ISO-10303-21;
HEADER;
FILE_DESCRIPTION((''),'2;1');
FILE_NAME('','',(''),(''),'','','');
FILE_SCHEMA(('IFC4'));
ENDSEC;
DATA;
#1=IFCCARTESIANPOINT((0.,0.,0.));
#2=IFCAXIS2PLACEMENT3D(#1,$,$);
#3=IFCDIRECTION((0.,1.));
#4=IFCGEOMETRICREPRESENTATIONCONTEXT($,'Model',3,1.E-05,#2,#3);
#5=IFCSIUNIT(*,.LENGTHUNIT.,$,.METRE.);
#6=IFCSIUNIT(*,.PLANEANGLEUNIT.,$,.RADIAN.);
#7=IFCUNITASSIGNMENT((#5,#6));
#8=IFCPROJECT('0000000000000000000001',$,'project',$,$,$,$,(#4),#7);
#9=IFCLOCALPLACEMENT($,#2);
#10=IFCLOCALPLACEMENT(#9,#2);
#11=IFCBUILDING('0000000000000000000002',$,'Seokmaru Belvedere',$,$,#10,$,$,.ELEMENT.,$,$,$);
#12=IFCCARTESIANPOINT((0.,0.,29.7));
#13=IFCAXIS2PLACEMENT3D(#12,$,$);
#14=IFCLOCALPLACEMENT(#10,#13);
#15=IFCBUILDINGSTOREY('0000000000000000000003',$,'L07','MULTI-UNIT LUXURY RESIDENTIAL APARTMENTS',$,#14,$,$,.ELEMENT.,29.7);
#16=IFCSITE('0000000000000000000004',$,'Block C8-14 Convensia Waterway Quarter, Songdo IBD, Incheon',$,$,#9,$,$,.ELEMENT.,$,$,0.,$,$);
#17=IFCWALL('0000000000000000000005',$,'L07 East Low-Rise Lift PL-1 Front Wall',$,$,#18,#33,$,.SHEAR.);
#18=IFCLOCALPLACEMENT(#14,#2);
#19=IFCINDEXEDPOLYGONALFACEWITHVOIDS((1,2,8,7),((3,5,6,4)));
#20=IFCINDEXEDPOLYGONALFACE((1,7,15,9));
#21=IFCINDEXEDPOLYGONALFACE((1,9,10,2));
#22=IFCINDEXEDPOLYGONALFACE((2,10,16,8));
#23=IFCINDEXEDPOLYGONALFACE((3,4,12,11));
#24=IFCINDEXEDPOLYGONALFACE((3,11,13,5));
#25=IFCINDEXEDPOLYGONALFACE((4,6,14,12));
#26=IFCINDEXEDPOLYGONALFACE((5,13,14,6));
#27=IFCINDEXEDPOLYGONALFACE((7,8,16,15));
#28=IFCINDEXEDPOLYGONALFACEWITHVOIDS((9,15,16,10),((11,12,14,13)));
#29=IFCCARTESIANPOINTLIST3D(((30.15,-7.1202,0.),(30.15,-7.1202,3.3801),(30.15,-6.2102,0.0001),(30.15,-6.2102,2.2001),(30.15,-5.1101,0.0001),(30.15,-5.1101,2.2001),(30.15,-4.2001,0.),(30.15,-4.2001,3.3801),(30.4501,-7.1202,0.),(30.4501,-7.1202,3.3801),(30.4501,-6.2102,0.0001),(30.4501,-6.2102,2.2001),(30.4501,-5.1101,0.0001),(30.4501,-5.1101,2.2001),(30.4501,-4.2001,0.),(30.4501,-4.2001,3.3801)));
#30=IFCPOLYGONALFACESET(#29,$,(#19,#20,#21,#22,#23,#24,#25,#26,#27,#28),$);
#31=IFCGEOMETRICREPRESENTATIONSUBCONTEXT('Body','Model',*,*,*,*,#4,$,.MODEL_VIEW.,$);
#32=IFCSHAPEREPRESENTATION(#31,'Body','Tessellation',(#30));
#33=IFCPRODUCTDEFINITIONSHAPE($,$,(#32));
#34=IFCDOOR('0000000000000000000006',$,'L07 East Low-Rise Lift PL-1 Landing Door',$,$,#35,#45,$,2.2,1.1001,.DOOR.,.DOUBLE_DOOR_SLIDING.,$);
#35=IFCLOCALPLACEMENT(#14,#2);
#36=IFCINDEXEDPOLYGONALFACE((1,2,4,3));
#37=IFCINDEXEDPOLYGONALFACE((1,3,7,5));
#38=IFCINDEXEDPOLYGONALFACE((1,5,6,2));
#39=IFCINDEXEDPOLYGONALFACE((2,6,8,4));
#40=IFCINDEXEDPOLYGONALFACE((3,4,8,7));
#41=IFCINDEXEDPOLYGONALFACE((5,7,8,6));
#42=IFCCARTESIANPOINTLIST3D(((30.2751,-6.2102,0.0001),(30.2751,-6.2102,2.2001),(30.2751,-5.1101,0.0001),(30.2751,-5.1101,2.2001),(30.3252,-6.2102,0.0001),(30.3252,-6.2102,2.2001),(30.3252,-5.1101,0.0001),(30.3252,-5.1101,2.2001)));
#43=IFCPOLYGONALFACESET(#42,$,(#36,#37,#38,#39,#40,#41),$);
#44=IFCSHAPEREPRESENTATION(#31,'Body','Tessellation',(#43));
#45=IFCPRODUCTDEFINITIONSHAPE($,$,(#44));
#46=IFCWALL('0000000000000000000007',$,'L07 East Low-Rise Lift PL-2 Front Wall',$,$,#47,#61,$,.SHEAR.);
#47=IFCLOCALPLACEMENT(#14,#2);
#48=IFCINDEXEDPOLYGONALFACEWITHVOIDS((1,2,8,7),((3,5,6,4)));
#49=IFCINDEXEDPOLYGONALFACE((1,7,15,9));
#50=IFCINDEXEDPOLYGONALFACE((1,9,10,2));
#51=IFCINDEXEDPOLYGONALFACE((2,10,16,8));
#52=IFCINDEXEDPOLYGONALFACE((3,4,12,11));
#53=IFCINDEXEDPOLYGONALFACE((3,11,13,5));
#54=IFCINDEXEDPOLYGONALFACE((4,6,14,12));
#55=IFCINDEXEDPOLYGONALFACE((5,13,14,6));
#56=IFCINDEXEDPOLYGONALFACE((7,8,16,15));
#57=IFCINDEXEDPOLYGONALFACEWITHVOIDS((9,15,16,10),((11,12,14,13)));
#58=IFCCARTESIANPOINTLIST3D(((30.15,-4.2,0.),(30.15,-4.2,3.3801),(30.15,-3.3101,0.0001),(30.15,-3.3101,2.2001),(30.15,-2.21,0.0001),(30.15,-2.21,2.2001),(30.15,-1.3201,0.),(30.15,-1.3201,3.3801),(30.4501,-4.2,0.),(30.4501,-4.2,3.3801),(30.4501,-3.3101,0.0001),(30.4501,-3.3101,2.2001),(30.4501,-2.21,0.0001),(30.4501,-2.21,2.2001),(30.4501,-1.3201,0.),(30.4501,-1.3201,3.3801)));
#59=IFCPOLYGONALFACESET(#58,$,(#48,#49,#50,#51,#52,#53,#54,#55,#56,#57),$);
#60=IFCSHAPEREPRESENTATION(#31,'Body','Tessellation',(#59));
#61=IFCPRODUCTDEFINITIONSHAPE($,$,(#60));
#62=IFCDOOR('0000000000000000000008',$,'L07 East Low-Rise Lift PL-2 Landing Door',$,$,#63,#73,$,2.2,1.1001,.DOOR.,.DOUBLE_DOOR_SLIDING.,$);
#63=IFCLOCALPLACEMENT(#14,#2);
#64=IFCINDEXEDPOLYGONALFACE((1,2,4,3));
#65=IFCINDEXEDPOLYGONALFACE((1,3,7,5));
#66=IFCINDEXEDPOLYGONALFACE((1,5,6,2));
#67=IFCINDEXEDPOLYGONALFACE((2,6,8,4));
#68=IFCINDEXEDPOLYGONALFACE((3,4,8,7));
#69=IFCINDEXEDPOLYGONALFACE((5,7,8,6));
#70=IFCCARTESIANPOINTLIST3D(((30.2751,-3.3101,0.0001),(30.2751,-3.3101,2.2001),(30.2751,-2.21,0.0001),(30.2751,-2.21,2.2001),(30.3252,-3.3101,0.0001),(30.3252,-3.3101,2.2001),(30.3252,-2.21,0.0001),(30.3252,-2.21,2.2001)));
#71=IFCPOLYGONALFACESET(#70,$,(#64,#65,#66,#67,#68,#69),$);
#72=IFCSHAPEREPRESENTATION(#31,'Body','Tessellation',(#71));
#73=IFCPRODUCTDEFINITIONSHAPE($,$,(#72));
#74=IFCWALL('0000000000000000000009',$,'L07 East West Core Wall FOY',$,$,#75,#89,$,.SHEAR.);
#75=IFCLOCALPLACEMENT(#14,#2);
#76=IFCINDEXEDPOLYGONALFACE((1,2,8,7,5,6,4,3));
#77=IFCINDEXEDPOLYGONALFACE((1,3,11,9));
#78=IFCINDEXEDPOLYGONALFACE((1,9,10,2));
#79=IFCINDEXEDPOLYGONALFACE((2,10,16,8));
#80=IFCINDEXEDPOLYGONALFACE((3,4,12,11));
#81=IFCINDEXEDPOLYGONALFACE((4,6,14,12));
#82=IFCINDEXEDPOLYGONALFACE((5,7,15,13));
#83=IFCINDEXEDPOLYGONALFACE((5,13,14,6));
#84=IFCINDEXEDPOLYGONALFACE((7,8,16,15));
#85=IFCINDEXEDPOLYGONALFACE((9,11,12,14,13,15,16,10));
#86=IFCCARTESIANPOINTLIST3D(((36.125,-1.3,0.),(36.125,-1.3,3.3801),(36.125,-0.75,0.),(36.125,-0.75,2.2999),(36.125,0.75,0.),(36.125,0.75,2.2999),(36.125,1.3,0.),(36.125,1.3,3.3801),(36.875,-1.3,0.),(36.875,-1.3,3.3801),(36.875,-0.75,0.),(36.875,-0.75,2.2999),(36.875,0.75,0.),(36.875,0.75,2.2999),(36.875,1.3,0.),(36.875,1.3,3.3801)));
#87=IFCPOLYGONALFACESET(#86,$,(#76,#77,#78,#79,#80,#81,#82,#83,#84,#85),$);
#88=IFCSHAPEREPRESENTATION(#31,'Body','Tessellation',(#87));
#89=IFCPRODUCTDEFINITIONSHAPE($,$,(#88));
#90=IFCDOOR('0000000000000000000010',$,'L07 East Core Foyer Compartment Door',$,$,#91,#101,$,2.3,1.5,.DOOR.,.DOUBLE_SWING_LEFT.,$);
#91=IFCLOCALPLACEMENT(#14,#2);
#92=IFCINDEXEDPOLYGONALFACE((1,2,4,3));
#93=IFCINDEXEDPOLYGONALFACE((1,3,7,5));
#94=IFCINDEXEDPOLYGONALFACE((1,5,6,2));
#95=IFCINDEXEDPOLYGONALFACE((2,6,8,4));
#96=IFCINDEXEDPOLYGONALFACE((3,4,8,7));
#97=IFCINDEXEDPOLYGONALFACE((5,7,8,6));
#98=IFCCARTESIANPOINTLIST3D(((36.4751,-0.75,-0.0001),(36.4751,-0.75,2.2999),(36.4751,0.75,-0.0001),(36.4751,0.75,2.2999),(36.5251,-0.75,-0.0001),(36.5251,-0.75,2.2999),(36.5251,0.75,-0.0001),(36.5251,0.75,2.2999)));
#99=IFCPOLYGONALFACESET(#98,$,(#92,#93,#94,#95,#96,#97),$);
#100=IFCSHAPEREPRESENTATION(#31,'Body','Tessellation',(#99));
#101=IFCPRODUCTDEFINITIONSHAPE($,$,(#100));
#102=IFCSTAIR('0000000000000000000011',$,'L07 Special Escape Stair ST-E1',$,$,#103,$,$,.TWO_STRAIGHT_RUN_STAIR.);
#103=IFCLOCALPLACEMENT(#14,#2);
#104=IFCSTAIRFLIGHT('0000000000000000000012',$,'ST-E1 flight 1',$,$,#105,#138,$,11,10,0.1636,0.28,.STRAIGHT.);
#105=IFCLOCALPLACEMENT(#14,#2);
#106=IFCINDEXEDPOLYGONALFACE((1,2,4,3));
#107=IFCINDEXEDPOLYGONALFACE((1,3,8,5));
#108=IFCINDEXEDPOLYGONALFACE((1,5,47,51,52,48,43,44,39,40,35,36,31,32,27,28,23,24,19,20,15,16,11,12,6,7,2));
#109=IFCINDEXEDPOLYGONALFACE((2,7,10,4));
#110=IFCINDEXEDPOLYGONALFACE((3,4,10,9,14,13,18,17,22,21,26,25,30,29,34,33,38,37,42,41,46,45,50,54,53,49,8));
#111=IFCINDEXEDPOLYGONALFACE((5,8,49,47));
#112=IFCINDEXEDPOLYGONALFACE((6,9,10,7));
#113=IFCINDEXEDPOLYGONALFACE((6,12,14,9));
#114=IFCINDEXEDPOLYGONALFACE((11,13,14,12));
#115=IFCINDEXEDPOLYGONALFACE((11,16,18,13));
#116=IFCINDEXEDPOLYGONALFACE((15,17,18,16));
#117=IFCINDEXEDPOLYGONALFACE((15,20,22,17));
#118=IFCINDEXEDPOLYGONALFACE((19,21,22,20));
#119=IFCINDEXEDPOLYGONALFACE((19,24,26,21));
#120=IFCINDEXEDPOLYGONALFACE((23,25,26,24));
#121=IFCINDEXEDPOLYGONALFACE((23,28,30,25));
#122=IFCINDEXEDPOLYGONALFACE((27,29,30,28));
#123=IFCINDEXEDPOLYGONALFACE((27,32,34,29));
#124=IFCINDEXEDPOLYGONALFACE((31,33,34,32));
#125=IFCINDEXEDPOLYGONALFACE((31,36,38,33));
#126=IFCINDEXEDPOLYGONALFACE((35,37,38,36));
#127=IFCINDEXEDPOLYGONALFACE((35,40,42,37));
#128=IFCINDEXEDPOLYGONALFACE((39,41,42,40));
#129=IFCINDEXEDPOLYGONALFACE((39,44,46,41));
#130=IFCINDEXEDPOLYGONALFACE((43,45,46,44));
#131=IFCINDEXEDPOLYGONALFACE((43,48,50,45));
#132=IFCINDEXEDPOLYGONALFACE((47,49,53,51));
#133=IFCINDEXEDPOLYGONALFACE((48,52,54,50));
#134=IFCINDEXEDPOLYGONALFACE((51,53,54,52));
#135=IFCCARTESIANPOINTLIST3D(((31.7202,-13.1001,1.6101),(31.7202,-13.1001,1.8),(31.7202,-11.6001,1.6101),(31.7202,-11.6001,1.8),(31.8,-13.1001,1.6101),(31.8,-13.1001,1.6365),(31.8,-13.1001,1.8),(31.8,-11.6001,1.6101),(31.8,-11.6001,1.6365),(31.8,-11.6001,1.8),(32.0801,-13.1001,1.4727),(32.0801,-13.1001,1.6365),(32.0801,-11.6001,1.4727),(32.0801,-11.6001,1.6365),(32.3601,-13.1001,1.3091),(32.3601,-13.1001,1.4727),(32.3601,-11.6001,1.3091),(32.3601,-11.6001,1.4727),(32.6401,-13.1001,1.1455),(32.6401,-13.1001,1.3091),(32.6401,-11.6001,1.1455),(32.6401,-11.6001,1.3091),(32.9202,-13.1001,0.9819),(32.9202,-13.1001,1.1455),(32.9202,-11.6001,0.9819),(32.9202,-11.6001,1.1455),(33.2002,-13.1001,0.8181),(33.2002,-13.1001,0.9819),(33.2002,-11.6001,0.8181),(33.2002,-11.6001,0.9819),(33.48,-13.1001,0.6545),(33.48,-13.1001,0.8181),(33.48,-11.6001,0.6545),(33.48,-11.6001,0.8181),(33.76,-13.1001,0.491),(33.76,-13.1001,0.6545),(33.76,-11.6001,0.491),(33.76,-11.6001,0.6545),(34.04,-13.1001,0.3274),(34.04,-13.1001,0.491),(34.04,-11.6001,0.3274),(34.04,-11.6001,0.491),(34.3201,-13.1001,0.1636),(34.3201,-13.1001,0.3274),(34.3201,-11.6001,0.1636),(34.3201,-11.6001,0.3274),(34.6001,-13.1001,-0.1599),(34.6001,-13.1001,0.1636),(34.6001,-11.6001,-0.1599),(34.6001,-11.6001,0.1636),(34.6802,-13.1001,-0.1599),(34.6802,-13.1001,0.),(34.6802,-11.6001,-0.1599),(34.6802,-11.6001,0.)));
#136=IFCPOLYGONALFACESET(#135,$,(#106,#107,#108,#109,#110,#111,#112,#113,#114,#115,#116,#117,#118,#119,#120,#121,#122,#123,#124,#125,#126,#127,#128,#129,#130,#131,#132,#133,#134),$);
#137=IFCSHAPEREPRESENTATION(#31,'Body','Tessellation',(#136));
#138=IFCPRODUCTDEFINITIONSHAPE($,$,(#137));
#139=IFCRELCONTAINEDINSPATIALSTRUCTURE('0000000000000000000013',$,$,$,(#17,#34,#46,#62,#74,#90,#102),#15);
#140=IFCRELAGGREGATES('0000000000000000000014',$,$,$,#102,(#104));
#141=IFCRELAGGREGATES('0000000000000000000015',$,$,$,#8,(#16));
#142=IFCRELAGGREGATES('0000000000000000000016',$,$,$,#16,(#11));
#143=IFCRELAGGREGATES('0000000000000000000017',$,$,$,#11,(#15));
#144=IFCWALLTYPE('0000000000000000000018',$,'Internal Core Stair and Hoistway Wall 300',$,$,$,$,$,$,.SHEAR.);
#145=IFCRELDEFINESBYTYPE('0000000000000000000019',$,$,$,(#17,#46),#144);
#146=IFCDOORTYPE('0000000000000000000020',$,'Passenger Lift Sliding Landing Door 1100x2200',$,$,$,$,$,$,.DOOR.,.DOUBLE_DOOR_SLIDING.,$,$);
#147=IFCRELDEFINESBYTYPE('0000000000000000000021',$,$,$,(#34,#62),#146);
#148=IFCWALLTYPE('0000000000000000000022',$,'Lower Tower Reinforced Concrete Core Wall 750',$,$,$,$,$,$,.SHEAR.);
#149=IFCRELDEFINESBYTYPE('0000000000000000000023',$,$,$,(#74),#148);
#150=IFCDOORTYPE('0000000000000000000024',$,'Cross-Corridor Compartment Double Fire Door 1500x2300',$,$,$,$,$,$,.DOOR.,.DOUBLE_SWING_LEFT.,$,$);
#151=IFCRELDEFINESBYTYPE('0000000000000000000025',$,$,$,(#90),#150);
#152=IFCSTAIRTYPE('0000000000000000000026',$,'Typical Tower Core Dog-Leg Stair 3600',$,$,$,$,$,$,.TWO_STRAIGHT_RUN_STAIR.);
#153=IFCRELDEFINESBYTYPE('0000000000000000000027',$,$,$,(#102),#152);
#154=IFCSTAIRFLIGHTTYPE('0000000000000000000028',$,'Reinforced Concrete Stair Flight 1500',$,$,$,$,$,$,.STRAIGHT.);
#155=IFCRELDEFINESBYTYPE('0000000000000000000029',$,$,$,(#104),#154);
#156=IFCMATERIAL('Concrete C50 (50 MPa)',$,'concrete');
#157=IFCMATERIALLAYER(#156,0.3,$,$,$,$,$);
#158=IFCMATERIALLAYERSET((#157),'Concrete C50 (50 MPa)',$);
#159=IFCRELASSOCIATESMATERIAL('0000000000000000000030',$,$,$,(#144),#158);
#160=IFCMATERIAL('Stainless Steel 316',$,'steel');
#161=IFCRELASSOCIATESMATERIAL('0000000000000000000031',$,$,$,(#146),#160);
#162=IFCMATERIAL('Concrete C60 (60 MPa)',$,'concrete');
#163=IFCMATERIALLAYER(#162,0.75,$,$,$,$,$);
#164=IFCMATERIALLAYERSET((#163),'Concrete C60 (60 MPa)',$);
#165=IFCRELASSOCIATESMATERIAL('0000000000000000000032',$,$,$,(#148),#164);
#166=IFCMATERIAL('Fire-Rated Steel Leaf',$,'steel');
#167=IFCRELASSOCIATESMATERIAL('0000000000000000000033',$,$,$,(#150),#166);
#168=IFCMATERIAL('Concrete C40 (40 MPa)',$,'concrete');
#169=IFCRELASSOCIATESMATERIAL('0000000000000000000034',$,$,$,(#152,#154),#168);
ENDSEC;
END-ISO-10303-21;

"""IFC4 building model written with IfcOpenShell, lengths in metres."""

from ifc_helpers import new_model, si_unit, direction, frame, frame_2d, origin, place, context, subcontext, project, spatial, polyline, rectangle, outline, extrude, source, transform, mapped, material, layer, layer_set, type_object, type_shapes, element, fill, aggregate, save


model = new_model("IFC4")

# Units and contexts
model_context = context("Model", 3, precision=1e-05, world=origin(), true_north=direction((0.0, 1.0)))
body_context = subcontext(model_context, "Body", "Model", "MODEL_VIEW")
ifc_project = project(units=[si_unit("LENGTHUNIT", "METRE"), si_unit("PLANEANGLEUNIT", "RADIAN")], contexts=[model_context])

# Site, building, storey
site_placement = place(None, origin())
site = spatial("IfcSite", under=ifc_project, at=site_placement, Name="Block C8-14 Convensia Waterway Quarter, Songdo IBD, Incheon", CompositionType="ELEMENT", RefElevation=0.0)
building_placement = place(site_placement, origin())
building = spatial("IfcBuilding", under=site, at=building_placement, Name="Seokmaru Belvedere", CompositionType="ELEMENT")
storey_placement = place(building_placement, frame((0.0, 0.0, 29.7)))
storey = spatial("IfcBuildingStorey", under=building, at=storey_placement, Name="L07", Description="MULTI-UNIT LUXURY RESIDENTIAL APARTMENTS", CompositionType="ELEMENT", Elevation=29.7)

# Shared definitions
ifc_material_1 = material(Name="Fire-Rated Steel Leaf", Category="steel")

# Walls, openings, doors
ifc_material_2 = material(Name="Concrete C50 (50 MPa)", Category="concrete")
ifc_layer_1 = layer(ifc_material_2, 0.3)
ifc_layer_set_1 = layer_set([ifc_layer_1], Name="Concrete C50 (50 MPa)")
wall_type_1 = type_object("IfcWallType", Name="Internal Core Stair and Hoistway Wall 300", PredefinedType="SHEAR", material=ifc_layer_set_1)
ifc_material_3 = material(Name="Stainless Steel 316", Category="steel")
wall_1_placement = place(storey_placement, frame((30.3, -7.1201, 0.0), z_axis=(0.0, 0.0, 1.0), x_axis=(0.0, 1.0, 0.0)))
wall_1 = element("IfcWall", 1, at=wall_1_placement, inside=storey, type_object=wall_type_1, Name="L07 East Low-Rise Lift PL-1 Front Wall", PredefinedType="SHEAR", context=body_context, shape_type="SweptSolid", body=[
    extrude(rectangle(XDim=2.9202, YDim=0.3, at=frame_2d((1.46, 0.0))), origin(), (0.0, 0.0, 1.0), 3.3801),
])
opening_1_placement = place(wall_1_placement, frame((0.9099, 0.0, 0.0)))
opening_1 = element("IfcOpeningElement", 2, at=opening_1_placement, cuts=wall_1, PredefinedType="OPENING", context=body_context, shape_type="SweptSolid", body=[
    extrude(rectangle(XDim=1.1001, YDim=2.2, at=frame_2d((0.55, 1.1001))), frame((0.0, 0.1602, 0.0), z_axis=(0.0, -1.0, 0.0), x_axis=(1.0, 0.0, 0.0)), (0.0, 0.0, 1.0), 0.3201),
])
door_type_1 = type_object("IfcDoorType", Name="Passenger Lift Sliding Landing Door 1100x2200", OperationType="DOUBLE_DOOR_SLIDING", PredefinedType="DOOR", material=ifc_material_3)
shared_shape_1 = source(origin(), body_context, "Body", "SweptSolid", [
    extrude(rectangle(XDim=1.1001, YDim=2.2, at=frame_2d((0.55, 1.1001))), frame((0.0, 0.0249, 0.0), z_axis=(0.0, -1.0, 0.0), x_axis=(1.0, 0.0, 0.0)), (0.0, 0.0, 1.0), 0.05),
])
type_shapes(door_type_1, [shared_shape_1])
door_1_placement = place(opening_1_placement, origin())
door_1 = element("IfcDoor", 3, at=door_1_placement, inside=storey, type_object=door_type_1, Name="L07 East Low-Rise Lift PL-1 Landing Door", OperationType="DOUBLE_DOOR_SLIDING", OverallHeight=2.2, OverallWidth=1.1001, PredefinedType="DOOR", context=body_context, shape_type="MappedRepresentation", body=[
    mapped(shared_shape_1, transform((0.0, 0.0, 0.0), scale=1.0)),
])
fill(opening_1, door_1)
wall_2_placement = place(storey_placement, frame((30.3, -4.2, 0.0), z_axis=(0.0, 0.0, 1.0), x_axis=(0.0, 1.0, 0.0)))
wall_2 = element("IfcWall", 4, at=wall_2_placement, inside=storey, type_object=wall_type_1, Name="L07 East Low-Rise Lift PL-2 Front Wall", PredefinedType="SHEAR", context=body_context, shape_type="SweptSolid", body=[
    extrude(rectangle(XDim=2.8799, YDim=0.3, at=frame_2d((1.4399, 0.0))), origin(), (0.0, 0.0, 1.0), 3.3801),
])
opening_2_placement = place(wall_2_placement, frame((0.8899, 0.0, 0.0)))
opening_2 = element("IfcOpeningElement", 5, at=opening_2_placement, cuts=wall_2, PredefinedType="OPENING", context=body_context, shape_type="SweptSolid", body=[
    extrude(rectangle(XDim=1.1001, YDim=2.2, at=frame_2d((0.55, 1.1001))), frame((0.0, 0.1602, 0.0), z_axis=(0.0, -1.0, 0.0), x_axis=(1.0, 0.0, 0.0)), (0.0, 0.0, 1.0), 0.3201),
])
door_2_placement = place(opening_2_placement, origin())
door_2 = element("IfcDoor", 6, at=door_2_placement, inside=storey, type_object=door_type_1, Name="L07 East Low-Rise Lift PL-2 Landing Door", OperationType="DOUBLE_DOOR_SLIDING", OverallHeight=2.2, OverallWidth=1.1001, PredefinedType="DOOR", context=body_context, shape_type="MappedRepresentation", body=[
    mapped(shared_shape_1, transform((0.0, 0.0, 0.0), scale=1.0)),
])
fill(opening_2, door_2)
ifc_material_4 = material(Name="Concrete C60 (60 MPa)", Category="concrete")
ifc_layer_2 = layer(ifc_material_4, 0.75)
ifc_layer_set_2 = layer_set([ifc_layer_2], Name="Concrete C60 (60 MPa)")
wall_type_2 = type_object("IfcWallType", Name="Lower Tower Reinforced Concrete Core Wall 750", PredefinedType="SHEAR", material=ifc_layer_set_2)
wall_3_placement = place(storey_placement, frame((36.5, -1.3, 0.0), z_axis=(0.0, 0.0, 1.0), x_axis=(0.0, 1.0, 0.0)))
wall_3 = element("IfcWall", 7, at=wall_3_placement, inside=storey, type_object=wall_type_2, Name="L07 East West Core Wall FOY", PredefinedType="SHEAR", context=body_context, shape_type="SweptSolid", body=[
    extrude(rectangle(XDim=2.6001, YDim=0.75, at=frame_2d((1.3, 0.0))), origin(), (0.0, 0.0, 1.0), 3.3801),
])
opening_3_placement = place(wall_3_placement, frame((0.55, 0.0, 0.0)))
opening_3 = element("IfcOpeningElement", 8, at=opening_3_placement, cuts=wall_3, PredefinedType="OPENING", context=body_context, shape_type="SweptSolid", body=[
    extrude(rectangle(XDim=1.5, YDim=2.3, at=frame_2d((0.75, 1.1499))), frame((0.0, 0.385, 0.0), z_axis=(0.0, -1.0, 0.0), x_axis=(1.0, 0.0, 0.0)), (0.0, 0.0, 1.0), 0.77),
])
door_type_2 = type_object("IfcDoorType", Name="Cross-Corridor Compartment Double Fire Door 1500x2300", OperationType="DOUBLE_SWING_LEFT", PredefinedType="DOOR", material=ifc_material_1)
shared_shape_2 = source(origin(), body_context, "Body", "SweptSolid", [
    extrude(rectangle(XDim=1.5, YDim=2.3, at=frame_2d((0.75, 1.1499))), frame((0.0, 0.0249, 0.0), z_axis=(0.0, -1.0, 0.0), x_axis=(1.0, 0.0, 0.0)), (0.0, 0.0, 1.0), 0.05),
])
type_shapes(door_type_2, [shared_shape_2])
door_3_placement = place(opening_3_placement, origin())
door_3 = element("IfcDoor", 9, at=door_3_placement, inside=storey, type_object=door_type_2, Name="L07 East Core Foyer Compartment Door", OperationType="DOUBLE_SWING_LEFT", OverallHeight=2.3, OverallWidth=1.5, PredefinedType="DOOR", context=body_context, shape_type="MappedRepresentation", body=[
    mapped(shared_shape_2, transform((0.0, 0.0, 0.0), scale=1.0)),
])
fill(opening_3, door_3)

# Stair, stair flight
ifc_material_5 = material(Name="Concrete C40 (40 MPa)", Category="concrete")
stair_type = type_object("IfcStairType", Name="Typical Tower Core Dog-Leg Stair 3600", PredefinedType="TWO_STRAIGHT_RUN_STAIR", material=ifc_material_5)
stair_placement = place(storey_placement, origin())
stair = element("IfcStair", 10, at=stair_placement, inside=storey, type_object=stair_type, Name="L07 Special Escape Stair ST-E1", PredefinedType="TWO_STRAIGHT_RUN_STAIR")
stair_flight_type = type_object("IfcStairFlightType", Name="Reinforced Concrete Stair Flight 1500", PredefinedType="STRAIGHT", material=ifc_material_5)
stair_flight_1_placement = place(storey_placement, frame((34.6001, -12.3501, 0.0), z_axis=(0.0, 0.0, 1.0), x_axis=(-1.0, 0.0, 0.0)))
stair_flight_1 = element("IfcStairFlight", 11, at=stair_flight_1_placement, type_object=stair_flight_type, Name="ST-E1 flight 1", NumberOfRisers=11, NumberOfTreads=10, PredefinedType="STRAIGHT", RiserHeight=0.1636, TreadLength=0.28, context=body_context, shape_type="SweptSolid", body=[
    extrude(outline(polyline([(-0.0801, 0.0), (0.0, 0.1636), (0.28, 0.1636), (0.28, 0.3274), (0.5601, 0.3274), (0.5601, 0.491), (0.8401, 0.491), (0.8401, 0.6545), (1.1201, 0.6545), (1.1201, 0.8181), (1.3999, 0.8181), (1.3999, 0.9819), (1.6799, 0.9819), (1.6799, 1.1455), (1.96, 1.1455), (1.96, 1.3091), (2.24, 1.3091), (2.24, 1.4727), (2.52, 1.4727), (2.52, 1.6365), (2.8, 1.6365), (2.8, 1.8), (2.8799, 1.8), (2.8799, 1.6101), (2.8, 1.6101), (0.0, -0.1599), (-0.0801, -0.1599), (-0.0801, 0.0)])), frame((0.0, 0.75, 0.0), z_axis=(0.0, -1.0, 0.0), x_axis=(1.0, 0.0, 0.0)), (0.0, 0.0, 1.0), 1.5),
])
aggregate(stair, [stair_flight_1])

save(model, "model.ifc")
